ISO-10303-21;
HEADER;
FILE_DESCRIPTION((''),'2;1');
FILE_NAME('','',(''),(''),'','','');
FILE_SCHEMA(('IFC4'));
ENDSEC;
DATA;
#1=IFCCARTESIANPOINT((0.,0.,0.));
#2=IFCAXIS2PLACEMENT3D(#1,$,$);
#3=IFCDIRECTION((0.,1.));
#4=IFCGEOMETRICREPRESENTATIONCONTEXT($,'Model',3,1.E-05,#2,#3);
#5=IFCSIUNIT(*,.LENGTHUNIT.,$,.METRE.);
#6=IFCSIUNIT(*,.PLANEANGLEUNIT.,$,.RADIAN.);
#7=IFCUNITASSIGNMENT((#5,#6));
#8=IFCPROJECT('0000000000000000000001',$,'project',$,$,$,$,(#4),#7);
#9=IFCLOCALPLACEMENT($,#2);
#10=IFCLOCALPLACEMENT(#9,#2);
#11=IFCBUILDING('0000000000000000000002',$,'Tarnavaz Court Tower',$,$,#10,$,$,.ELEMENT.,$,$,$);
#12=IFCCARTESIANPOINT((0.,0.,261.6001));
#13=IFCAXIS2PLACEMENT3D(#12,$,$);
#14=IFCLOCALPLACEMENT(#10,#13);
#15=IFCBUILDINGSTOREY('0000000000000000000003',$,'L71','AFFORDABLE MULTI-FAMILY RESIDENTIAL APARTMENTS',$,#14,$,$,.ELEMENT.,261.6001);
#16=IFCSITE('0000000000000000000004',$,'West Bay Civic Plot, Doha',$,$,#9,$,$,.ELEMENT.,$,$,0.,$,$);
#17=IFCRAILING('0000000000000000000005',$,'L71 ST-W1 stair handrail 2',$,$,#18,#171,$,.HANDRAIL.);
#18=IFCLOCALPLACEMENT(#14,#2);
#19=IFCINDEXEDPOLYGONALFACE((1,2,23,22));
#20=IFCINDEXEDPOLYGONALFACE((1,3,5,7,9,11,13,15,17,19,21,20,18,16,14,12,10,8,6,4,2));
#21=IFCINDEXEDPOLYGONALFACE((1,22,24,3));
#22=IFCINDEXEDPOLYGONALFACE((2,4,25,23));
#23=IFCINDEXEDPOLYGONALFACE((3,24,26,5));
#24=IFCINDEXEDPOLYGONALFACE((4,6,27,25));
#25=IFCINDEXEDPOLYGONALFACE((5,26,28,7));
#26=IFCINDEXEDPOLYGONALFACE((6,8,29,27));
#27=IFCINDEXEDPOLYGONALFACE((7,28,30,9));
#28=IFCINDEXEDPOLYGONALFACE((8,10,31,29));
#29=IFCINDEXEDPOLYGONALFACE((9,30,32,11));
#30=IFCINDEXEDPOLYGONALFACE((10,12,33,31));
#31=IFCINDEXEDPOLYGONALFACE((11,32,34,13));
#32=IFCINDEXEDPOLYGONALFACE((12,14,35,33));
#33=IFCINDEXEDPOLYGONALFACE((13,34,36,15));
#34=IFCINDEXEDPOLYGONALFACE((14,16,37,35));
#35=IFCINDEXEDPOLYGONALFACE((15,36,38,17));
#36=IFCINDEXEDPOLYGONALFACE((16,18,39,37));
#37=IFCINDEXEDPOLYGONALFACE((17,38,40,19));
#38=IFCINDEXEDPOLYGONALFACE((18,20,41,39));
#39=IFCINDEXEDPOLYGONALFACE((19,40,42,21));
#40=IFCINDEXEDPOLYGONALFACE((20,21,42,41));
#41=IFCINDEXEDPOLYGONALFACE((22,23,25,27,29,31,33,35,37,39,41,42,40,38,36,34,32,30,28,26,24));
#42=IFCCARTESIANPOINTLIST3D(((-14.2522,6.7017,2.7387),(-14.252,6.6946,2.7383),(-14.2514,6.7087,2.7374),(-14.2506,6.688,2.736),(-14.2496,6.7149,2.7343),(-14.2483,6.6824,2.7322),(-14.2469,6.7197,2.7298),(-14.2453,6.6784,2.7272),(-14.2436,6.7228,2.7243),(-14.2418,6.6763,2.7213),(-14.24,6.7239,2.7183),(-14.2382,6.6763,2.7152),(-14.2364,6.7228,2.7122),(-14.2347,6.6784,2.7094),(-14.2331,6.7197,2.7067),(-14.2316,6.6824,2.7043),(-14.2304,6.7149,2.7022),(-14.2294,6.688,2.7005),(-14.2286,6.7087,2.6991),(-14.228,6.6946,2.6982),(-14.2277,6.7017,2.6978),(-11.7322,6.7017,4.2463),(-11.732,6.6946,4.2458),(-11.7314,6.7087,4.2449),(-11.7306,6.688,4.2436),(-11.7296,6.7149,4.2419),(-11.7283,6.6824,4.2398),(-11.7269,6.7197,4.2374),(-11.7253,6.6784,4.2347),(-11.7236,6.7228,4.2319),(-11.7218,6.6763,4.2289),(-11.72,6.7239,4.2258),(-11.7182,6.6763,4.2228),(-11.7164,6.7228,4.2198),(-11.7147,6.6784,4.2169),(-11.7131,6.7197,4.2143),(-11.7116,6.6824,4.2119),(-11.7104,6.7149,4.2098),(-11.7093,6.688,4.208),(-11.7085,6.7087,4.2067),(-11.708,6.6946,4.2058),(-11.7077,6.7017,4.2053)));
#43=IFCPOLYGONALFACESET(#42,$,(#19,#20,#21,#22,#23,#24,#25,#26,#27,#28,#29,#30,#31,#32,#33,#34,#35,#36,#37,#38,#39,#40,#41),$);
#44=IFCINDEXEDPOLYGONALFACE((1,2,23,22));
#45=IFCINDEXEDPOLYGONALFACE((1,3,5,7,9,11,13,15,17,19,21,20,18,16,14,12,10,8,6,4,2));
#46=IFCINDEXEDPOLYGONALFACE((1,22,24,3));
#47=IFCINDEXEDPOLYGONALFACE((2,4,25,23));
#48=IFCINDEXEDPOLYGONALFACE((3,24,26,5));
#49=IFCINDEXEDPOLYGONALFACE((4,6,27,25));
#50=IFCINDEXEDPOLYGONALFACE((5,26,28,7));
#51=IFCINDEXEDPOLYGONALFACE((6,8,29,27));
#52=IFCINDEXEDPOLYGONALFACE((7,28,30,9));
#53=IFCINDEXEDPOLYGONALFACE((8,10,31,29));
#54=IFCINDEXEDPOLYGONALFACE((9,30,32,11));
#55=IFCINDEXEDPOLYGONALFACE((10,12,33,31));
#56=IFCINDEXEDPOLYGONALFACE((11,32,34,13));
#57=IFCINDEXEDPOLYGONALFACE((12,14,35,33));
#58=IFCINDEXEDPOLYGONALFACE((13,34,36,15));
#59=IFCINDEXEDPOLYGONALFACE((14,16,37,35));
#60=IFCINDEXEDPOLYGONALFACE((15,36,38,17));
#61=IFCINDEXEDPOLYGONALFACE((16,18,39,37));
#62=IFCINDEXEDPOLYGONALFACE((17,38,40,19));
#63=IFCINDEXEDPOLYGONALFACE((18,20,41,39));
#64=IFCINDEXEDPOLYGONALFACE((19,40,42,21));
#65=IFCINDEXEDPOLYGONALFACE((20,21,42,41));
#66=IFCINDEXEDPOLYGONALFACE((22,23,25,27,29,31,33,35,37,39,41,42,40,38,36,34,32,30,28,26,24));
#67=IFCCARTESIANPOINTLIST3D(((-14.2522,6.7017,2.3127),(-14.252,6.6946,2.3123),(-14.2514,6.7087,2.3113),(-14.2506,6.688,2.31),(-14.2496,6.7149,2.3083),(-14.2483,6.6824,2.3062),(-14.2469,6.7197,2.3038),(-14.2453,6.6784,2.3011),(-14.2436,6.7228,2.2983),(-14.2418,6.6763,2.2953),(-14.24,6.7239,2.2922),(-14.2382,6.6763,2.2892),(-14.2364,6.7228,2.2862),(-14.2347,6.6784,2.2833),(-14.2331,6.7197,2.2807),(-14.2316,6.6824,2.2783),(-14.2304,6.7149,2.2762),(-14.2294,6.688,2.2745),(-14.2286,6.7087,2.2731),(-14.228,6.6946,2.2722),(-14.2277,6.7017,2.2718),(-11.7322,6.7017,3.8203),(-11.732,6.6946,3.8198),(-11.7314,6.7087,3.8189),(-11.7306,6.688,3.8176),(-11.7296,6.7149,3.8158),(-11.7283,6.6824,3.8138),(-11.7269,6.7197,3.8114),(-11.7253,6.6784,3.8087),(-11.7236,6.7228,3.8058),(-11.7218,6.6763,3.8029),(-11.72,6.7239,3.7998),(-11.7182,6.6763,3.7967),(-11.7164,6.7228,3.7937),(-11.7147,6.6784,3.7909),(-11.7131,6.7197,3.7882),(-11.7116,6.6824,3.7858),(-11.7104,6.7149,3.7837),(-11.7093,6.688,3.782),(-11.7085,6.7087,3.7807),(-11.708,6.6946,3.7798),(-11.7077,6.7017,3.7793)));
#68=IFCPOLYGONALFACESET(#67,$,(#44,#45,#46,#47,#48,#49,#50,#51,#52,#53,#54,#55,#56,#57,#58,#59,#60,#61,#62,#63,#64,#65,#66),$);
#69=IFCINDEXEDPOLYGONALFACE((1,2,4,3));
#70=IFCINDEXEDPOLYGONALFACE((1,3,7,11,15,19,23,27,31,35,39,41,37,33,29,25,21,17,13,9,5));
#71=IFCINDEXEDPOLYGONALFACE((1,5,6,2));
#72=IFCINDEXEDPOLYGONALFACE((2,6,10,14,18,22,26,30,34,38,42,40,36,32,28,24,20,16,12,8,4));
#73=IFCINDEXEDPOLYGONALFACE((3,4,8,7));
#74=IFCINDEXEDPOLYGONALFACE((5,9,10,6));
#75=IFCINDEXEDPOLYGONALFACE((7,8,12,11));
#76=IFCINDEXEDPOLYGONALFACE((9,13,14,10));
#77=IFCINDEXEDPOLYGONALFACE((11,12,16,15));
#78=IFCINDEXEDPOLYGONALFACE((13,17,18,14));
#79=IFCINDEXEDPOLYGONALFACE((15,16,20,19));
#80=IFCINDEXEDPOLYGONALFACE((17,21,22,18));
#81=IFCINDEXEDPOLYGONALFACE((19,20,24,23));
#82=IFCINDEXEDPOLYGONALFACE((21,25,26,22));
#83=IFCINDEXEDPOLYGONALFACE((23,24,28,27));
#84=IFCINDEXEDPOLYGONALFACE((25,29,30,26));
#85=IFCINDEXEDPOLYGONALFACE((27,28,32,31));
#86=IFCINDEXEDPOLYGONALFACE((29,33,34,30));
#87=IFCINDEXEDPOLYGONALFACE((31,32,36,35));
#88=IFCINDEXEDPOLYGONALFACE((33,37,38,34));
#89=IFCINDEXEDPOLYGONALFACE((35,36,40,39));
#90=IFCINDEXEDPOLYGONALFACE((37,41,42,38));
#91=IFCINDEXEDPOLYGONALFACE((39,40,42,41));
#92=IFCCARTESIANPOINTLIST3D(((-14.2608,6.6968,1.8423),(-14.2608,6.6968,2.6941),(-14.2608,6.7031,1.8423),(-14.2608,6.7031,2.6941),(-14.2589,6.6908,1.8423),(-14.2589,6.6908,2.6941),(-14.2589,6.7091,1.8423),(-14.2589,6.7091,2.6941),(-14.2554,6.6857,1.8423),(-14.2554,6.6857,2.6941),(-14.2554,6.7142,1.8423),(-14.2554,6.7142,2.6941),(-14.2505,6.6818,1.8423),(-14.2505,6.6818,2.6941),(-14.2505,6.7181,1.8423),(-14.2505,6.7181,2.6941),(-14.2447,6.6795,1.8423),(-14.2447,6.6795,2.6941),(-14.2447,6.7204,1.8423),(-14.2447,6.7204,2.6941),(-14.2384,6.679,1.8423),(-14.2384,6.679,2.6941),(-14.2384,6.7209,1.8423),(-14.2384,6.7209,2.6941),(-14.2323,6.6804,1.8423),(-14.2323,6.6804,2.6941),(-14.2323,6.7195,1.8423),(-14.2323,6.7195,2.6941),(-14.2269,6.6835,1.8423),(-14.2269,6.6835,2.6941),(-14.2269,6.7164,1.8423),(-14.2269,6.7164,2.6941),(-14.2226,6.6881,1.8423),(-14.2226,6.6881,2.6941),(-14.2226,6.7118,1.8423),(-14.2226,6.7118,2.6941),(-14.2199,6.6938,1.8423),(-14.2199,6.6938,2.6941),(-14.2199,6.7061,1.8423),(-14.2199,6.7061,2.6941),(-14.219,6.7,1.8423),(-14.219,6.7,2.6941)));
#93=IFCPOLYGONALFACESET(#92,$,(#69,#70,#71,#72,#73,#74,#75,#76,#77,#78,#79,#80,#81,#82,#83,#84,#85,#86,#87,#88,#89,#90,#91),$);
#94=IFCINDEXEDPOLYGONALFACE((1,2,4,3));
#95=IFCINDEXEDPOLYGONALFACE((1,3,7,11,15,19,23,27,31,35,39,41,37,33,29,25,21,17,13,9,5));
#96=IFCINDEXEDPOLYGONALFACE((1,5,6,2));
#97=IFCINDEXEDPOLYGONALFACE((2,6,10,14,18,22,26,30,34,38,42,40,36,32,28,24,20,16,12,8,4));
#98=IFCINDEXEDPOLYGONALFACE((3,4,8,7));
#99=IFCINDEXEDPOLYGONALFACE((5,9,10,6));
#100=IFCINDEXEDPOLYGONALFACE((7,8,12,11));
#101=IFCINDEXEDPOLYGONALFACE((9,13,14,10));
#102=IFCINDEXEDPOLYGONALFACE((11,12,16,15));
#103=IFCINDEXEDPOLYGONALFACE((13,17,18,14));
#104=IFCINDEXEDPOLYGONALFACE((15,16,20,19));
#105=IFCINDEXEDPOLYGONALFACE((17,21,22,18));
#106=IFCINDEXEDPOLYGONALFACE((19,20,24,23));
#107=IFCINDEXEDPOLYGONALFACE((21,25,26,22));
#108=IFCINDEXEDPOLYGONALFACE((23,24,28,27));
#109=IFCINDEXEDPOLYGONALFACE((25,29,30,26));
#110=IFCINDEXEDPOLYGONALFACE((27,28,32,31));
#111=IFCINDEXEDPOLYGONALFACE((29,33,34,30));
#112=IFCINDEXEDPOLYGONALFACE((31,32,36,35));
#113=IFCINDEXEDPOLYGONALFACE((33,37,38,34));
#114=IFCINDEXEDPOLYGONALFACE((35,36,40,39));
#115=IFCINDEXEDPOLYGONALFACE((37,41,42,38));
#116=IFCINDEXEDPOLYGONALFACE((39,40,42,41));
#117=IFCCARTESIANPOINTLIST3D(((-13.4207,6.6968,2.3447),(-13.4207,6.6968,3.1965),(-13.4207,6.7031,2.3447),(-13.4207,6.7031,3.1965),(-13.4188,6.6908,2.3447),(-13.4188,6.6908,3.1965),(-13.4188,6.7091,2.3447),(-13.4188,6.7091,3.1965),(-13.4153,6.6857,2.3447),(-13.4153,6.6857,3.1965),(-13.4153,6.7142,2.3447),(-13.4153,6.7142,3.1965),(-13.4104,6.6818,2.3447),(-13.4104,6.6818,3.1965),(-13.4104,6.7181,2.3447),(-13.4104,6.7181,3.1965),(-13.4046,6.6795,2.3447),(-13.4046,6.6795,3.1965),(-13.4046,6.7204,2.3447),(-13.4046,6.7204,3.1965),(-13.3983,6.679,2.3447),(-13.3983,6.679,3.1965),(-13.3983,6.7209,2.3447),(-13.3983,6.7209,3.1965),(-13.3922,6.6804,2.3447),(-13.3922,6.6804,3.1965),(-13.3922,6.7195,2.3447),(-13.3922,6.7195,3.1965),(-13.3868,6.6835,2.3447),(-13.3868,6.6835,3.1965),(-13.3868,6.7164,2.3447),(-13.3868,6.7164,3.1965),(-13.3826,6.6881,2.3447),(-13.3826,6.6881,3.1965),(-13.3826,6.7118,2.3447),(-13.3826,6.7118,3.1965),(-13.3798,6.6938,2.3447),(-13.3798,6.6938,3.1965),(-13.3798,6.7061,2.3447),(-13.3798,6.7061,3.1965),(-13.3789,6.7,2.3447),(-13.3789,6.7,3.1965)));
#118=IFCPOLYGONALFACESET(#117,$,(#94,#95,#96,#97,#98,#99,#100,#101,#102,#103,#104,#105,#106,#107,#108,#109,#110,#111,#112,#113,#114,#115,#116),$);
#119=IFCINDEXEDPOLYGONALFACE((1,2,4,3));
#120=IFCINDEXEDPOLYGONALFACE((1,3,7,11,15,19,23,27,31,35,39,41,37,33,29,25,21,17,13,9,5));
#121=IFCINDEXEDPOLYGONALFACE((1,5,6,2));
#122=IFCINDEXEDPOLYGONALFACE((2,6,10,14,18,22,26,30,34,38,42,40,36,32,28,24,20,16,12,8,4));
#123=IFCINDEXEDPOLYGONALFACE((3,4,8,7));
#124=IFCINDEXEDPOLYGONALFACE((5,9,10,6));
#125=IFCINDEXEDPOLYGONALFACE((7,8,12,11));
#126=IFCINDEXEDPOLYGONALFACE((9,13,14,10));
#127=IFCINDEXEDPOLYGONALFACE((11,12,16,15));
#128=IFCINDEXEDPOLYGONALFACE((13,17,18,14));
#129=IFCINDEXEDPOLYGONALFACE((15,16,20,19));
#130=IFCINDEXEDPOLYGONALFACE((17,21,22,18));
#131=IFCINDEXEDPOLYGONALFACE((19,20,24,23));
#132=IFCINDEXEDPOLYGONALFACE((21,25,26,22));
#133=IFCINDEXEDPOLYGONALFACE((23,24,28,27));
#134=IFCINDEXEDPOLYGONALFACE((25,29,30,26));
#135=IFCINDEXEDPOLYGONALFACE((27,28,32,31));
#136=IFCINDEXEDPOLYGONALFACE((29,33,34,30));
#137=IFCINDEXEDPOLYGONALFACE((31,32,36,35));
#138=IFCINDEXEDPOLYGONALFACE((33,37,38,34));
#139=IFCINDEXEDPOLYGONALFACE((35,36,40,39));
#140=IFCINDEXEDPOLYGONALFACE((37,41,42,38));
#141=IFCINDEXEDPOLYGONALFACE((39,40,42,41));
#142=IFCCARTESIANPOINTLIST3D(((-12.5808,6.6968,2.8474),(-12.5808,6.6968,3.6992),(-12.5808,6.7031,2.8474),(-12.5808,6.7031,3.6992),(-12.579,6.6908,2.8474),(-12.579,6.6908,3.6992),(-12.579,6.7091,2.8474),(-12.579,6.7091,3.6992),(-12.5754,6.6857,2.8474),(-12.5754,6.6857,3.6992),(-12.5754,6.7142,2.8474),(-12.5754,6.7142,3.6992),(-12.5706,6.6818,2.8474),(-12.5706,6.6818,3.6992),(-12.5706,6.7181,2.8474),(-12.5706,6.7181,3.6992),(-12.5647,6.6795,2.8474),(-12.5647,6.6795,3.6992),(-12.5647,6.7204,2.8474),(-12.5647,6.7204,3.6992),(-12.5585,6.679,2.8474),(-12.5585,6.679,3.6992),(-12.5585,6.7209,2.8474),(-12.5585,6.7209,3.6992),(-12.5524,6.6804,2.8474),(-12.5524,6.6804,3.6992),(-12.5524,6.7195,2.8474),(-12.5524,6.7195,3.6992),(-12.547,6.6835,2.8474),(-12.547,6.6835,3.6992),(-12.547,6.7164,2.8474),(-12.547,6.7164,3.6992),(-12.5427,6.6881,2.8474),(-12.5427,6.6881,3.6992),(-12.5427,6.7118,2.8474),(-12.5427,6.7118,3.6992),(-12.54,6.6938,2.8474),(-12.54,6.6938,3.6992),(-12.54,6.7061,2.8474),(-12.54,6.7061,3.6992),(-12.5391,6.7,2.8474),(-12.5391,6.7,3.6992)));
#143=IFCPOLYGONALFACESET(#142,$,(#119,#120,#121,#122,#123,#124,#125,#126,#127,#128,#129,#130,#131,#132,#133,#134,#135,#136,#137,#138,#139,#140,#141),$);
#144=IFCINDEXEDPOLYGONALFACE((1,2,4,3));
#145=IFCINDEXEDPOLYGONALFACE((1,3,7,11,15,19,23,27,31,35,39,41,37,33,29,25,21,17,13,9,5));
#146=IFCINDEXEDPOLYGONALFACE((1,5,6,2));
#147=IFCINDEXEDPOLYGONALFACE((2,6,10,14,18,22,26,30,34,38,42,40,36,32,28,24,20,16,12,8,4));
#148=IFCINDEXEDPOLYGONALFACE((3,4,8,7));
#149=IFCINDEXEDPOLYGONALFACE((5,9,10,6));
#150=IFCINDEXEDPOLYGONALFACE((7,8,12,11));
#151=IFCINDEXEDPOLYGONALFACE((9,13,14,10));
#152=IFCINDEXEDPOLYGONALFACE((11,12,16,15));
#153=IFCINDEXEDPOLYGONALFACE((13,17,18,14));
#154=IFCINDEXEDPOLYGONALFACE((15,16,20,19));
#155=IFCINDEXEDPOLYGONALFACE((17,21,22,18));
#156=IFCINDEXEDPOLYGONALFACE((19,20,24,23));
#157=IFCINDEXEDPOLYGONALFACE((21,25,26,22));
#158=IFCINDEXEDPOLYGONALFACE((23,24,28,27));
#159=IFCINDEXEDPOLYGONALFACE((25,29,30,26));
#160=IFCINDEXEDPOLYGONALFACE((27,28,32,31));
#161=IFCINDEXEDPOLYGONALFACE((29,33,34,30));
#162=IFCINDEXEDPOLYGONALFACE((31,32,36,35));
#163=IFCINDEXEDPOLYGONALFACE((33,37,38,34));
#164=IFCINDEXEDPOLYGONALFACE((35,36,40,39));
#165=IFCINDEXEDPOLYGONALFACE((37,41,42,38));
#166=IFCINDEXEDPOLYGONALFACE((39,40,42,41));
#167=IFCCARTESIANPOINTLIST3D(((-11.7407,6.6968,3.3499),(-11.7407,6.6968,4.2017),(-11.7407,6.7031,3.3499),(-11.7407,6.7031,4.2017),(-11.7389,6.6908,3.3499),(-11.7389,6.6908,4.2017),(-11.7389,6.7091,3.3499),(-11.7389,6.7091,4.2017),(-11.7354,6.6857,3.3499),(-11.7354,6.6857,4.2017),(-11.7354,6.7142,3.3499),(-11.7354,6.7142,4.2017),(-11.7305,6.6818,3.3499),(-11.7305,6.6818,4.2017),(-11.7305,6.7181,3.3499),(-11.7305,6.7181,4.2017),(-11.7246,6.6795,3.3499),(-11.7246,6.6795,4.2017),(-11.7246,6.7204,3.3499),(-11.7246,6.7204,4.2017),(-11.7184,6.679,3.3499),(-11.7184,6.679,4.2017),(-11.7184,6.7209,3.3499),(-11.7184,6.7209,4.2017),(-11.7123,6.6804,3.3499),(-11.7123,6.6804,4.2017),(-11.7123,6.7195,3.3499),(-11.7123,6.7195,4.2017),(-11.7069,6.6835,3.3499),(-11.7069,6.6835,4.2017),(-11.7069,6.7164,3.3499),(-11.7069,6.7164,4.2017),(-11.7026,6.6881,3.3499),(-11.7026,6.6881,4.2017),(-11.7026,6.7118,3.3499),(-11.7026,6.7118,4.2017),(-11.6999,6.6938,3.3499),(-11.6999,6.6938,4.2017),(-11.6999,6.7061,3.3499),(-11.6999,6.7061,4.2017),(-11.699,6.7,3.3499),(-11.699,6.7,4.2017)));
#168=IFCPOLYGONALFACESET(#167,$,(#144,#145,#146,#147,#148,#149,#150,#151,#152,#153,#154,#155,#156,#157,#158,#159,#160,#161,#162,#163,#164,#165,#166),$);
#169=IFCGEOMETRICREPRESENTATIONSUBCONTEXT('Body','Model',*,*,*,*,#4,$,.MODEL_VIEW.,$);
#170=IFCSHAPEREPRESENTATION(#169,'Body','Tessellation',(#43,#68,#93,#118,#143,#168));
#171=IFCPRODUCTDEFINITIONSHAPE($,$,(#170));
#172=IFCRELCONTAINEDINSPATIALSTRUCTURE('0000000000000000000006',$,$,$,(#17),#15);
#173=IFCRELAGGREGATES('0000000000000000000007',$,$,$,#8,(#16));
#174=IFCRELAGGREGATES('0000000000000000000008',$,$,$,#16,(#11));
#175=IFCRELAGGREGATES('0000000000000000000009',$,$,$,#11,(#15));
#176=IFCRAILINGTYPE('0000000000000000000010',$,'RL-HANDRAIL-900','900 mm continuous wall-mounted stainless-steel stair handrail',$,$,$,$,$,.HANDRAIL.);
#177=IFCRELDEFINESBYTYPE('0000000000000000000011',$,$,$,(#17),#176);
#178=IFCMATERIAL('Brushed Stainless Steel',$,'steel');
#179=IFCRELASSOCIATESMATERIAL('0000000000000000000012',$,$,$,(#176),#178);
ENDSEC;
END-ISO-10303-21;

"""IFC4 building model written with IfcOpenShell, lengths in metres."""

from ifc_helpers import new_model, si_unit, direction, frame, origin, origin_2d, place, context, subcontext, project, spatial, circle, extrude, material, type_object, element, save


model = new_model("IFC4")

# Units and contexts
model_context = context("Model", 3, precision=1e-05, world=origin(), true_north=direction((0.0, 1.0)))
body_context = subcontext(model_context, "Body", "Model", "MODEL_VIEW")
ifc_project = project(units=[si_unit("LENGTHUNIT", "METRE"), si_unit("PLANEANGLEUNIT", "RADIAN")], contexts=[model_context])

# Site, building, storey
site_placement = place(None, origin())
site = spatial("IfcSite", under=ifc_project, at=site_placement, Name="West Bay Civic Plot, Doha", CompositionType="ELEMENT", RefElevation=0.0)
building_placement = place(site_placement, origin())
building = spatial("IfcBuilding", under=site, at=building_placement, Name="Tarnavaz Court Tower", CompositionType="ELEMENT")
storey_placement = place(building_placement, frame((0.0, 0.0, 261.6001)))
storey = spatial("IfcBuildingStorey", under=building, at=storey_placement, Name="L71", Description="AFFORDABLE MULTI-FAMILY RESIDENTIAL APARTMENTS", CompositionType="ELEMENT", Elevation=261.6001)

# Railing
ifc_material_1 = material(Name="Brushed Stainless Steel", Category="steel")
railing_type_1 = type_object("IfcRailingType", Name="RL-HANDRAIL-900", Description="900 mm continuous wall-mounted stainless-steel stair handrail", PredefinedType="HANDRAIL", material=ifc_material_1)
railing_1_placement = place(storey_placement, frame((-14.24, 6.7, 1.8423)))
element("IfcRailing", 1, at=railing_1_placement, inside=storey, type_object=railing_type_1, Name="L71 ST-W1 stair handrail 2", PredefinedType="HANDRAIL", context=body_context, shape_type="SweptSolid", body=[
    extrude(circle(Radius=0.0239, at=origin_2d()), frame((0.0, 0.0, 0.876), z_axis=(0.85816, 0.0, 0.513383), x_axis=(0.0, 1.0, 0.0)), (0.0, 0.0, 1.0), 2.9365),
    extrude(circle(Radius=0.0239, at=origin_2d()), frame((0.0, 0.0, 0.45), z_axis=(0.85816, 0.0, 0.513383), x_axis=(0.0, 1.0, 0.0)), (0.0, 0.0, 1.0), 2.9365),
    extrude(circle(Radius=0.021, at=origin_2d()), origin(), (0.0, 0.0, 1.0), 0.8518),
    extrude(circle(Radius=0.021, at=origin_2d()), frame((0.8401, 0.0, 0.5024)), (0.0, 0.0, 1.0), 0.8518),
    extrude(circle(Radius=0.021, at=origin_2d()), frame((1.6799, 0.0, 1.0051)), (0.0, 0.0, 1.0), 0.8518),
    extrude(circle(Radius=0.021, at=origin_2d()), frame((2.52, 0.0, 1.5076)), (0.0, 0.0, 1.0), 0.8518),
])

save(model, "model.ifc")
